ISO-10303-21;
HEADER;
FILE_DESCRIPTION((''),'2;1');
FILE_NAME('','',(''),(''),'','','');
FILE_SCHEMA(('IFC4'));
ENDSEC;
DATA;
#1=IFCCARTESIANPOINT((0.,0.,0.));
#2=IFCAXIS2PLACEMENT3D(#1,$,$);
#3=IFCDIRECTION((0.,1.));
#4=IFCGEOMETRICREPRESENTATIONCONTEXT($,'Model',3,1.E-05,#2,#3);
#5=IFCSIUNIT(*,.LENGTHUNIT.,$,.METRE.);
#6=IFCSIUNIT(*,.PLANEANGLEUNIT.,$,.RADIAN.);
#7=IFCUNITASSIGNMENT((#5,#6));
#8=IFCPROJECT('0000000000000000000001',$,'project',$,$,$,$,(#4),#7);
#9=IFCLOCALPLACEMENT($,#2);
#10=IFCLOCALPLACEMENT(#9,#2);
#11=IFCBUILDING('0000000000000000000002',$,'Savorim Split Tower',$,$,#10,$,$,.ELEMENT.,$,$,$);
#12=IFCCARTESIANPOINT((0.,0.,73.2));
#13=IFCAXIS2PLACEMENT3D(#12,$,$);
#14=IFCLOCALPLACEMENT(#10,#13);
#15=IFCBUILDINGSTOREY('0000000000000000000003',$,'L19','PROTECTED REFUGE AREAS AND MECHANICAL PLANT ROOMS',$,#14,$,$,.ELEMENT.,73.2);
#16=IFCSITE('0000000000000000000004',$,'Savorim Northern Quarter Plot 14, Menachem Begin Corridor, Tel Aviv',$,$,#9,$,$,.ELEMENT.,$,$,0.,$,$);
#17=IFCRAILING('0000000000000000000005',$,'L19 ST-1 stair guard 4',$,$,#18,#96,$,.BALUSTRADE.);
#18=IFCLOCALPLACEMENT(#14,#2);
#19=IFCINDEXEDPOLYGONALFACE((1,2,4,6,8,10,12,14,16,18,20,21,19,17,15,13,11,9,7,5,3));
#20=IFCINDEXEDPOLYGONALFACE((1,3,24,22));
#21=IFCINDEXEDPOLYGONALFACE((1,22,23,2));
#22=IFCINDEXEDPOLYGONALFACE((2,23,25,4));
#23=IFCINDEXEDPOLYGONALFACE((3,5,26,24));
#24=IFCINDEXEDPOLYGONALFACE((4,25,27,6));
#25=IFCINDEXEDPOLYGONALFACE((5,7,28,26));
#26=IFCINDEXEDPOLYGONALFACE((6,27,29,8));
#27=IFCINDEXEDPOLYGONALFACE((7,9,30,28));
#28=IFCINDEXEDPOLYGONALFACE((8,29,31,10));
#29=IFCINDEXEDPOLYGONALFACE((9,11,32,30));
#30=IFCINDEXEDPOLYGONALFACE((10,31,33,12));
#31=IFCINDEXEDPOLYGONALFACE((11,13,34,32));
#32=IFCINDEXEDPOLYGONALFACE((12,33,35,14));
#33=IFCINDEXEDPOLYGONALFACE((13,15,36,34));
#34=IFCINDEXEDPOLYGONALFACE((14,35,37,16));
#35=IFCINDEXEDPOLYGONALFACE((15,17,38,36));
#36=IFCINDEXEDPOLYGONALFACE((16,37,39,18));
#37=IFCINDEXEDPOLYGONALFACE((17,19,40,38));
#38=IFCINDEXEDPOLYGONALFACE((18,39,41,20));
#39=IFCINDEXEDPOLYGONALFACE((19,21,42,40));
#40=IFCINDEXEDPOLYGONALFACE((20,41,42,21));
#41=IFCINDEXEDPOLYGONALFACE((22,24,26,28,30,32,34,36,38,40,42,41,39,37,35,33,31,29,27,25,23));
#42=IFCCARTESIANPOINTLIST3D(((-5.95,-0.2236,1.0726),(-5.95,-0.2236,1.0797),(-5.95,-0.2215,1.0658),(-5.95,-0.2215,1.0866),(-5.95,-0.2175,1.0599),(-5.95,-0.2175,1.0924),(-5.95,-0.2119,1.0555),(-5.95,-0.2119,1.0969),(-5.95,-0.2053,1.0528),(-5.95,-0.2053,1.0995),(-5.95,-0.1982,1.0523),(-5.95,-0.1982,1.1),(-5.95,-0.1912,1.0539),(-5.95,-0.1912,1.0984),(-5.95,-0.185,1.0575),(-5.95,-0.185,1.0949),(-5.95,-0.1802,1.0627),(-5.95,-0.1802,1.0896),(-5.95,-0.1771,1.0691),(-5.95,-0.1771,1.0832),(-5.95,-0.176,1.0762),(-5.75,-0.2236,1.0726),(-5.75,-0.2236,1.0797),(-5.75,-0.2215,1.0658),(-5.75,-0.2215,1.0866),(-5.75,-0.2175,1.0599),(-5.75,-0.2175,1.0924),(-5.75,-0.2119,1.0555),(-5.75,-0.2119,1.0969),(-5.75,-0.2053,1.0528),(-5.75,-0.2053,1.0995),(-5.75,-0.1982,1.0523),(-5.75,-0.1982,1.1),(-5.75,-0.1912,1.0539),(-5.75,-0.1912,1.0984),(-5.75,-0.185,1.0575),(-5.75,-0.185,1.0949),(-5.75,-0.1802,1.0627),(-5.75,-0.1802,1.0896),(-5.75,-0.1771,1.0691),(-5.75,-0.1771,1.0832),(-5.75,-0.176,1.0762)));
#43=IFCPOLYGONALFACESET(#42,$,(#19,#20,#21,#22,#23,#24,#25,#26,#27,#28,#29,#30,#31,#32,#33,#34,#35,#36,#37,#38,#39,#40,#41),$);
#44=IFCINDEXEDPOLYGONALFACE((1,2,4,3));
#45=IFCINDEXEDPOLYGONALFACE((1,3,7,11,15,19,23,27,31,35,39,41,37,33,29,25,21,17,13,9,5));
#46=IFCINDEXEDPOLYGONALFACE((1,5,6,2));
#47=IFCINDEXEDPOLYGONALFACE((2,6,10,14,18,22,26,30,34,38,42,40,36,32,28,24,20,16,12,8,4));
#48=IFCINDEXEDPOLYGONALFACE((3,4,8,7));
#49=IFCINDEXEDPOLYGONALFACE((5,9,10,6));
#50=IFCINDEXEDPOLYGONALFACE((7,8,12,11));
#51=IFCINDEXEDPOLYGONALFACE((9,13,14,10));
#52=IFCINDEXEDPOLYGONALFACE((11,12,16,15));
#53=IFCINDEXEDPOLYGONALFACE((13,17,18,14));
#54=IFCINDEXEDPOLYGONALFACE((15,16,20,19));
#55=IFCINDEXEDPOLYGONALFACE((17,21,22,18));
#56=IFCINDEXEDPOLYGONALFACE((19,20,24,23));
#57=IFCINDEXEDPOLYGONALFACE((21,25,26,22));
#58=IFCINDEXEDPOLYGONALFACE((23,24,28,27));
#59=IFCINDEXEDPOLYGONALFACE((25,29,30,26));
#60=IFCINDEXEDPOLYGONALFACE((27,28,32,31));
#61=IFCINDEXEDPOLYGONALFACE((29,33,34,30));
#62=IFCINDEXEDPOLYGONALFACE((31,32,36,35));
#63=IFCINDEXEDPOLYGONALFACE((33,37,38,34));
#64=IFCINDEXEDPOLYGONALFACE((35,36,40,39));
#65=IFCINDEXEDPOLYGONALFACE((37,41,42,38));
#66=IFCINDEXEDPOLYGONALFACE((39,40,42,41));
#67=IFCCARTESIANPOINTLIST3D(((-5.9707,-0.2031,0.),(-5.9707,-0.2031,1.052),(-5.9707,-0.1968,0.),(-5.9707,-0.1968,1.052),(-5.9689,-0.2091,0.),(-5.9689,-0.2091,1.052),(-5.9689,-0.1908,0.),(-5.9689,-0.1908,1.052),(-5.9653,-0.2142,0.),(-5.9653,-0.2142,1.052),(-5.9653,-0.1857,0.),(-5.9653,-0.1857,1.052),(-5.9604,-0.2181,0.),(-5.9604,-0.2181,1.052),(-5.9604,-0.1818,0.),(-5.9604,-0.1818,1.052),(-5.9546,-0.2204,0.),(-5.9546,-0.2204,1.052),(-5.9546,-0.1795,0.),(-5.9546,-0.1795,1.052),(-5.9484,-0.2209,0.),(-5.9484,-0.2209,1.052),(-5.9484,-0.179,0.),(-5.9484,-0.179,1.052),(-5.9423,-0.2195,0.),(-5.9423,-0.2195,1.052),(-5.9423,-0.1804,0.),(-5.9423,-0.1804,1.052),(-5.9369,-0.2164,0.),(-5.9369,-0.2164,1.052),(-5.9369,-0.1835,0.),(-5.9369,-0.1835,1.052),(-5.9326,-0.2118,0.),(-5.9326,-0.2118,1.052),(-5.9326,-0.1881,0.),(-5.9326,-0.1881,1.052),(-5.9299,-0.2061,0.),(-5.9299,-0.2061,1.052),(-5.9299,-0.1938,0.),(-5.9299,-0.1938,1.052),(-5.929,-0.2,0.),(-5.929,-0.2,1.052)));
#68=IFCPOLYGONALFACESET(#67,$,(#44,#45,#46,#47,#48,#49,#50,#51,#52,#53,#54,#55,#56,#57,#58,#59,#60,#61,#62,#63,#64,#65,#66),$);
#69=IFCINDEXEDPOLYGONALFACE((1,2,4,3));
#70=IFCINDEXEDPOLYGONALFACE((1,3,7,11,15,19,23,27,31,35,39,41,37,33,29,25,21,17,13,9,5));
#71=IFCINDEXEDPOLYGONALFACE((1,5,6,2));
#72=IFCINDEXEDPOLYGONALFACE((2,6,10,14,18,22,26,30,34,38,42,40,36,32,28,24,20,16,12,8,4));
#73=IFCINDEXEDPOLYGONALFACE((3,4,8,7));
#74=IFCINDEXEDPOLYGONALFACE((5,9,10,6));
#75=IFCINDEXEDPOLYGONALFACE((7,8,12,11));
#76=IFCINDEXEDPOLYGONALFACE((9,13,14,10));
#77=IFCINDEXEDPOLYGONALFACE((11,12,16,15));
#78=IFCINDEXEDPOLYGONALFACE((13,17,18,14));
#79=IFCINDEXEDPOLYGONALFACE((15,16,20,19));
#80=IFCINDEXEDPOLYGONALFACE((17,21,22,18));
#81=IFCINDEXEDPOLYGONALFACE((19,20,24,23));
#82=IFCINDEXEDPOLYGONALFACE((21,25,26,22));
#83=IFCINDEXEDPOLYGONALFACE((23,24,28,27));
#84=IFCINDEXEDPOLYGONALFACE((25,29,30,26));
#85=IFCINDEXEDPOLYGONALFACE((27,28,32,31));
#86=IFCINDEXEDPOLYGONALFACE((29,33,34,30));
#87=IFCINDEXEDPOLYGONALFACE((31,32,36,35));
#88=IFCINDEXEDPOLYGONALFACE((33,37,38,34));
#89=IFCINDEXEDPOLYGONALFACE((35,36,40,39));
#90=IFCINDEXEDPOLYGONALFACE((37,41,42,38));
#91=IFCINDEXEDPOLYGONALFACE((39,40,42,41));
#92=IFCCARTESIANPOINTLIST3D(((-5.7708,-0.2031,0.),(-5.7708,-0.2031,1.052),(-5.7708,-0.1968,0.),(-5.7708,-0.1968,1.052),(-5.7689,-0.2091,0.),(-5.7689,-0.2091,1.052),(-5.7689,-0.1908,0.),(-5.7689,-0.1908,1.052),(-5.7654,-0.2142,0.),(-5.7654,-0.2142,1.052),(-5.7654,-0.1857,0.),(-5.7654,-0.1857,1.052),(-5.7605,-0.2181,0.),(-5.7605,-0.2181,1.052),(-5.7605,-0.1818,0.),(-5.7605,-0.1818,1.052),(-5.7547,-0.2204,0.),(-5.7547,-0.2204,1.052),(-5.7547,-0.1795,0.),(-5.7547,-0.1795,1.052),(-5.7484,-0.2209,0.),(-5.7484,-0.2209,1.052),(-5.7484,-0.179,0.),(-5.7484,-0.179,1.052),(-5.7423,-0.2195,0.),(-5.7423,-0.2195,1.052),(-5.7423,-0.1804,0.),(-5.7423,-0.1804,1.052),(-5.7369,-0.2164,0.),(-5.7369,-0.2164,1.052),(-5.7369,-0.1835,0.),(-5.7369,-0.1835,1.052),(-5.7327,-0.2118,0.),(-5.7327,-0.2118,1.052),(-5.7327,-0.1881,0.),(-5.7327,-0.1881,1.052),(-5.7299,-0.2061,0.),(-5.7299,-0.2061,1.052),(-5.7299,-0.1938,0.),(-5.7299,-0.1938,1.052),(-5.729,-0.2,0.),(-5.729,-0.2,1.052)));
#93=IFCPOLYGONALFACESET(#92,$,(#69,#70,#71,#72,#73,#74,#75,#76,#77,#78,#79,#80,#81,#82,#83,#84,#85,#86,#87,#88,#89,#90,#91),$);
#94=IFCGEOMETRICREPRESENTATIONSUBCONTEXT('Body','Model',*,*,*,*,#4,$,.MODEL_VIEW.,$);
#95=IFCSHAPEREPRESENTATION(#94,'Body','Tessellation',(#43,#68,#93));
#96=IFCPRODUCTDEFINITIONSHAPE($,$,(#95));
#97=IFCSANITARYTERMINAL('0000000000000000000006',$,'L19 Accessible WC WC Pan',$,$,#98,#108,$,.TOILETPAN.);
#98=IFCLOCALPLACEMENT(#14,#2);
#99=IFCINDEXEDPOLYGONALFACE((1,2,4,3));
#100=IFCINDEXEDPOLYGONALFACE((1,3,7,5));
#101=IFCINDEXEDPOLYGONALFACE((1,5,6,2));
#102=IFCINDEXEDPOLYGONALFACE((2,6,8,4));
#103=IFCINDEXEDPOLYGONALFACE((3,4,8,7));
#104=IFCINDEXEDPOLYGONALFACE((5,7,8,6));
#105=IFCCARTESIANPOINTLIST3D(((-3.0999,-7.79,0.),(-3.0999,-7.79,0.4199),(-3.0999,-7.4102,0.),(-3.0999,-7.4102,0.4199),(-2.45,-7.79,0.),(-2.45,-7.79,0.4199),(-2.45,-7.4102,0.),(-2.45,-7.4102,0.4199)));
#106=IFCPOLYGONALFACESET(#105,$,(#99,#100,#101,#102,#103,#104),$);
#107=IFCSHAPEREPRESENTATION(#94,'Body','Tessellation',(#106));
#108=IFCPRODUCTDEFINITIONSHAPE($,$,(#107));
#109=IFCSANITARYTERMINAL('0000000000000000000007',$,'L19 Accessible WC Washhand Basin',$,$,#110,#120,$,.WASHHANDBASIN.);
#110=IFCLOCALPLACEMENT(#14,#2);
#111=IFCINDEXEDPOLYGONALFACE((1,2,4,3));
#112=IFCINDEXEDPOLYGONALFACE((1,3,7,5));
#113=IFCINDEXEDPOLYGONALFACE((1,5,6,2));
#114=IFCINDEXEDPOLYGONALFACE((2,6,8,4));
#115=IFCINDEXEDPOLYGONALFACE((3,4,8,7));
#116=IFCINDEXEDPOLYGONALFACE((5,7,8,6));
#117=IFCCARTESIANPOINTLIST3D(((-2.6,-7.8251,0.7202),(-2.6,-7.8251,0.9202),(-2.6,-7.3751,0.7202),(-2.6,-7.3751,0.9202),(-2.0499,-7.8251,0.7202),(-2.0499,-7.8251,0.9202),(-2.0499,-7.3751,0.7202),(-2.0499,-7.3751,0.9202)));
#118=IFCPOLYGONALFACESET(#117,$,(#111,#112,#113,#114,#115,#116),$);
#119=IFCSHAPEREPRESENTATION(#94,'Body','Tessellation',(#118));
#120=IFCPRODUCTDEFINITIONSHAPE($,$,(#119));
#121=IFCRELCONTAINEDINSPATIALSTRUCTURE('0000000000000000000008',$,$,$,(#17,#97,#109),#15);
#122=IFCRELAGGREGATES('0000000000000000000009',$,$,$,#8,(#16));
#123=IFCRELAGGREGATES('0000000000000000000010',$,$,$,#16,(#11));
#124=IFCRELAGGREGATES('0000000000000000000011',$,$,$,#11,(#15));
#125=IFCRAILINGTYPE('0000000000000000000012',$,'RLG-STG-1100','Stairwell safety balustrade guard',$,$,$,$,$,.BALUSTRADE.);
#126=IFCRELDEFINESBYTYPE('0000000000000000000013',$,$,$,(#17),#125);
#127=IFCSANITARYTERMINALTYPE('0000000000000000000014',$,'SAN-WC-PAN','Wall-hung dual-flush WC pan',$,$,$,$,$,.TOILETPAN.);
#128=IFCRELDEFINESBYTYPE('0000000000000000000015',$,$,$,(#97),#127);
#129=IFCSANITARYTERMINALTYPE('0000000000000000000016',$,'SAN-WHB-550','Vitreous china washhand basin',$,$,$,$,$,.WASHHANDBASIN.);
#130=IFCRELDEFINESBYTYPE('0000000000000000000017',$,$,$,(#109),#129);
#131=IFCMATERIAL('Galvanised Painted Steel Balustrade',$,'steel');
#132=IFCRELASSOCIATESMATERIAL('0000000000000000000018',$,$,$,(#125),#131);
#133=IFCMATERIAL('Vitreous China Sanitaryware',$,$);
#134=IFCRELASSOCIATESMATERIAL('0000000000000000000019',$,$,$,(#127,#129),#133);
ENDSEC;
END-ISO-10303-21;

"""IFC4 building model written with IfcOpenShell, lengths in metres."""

from ifc_helpers import new_model, si_unit, direction, frame, origin, origin_2d, place, context, subcontext, project, spatial, rectangle, circle, extrude, material, type_object, element, save


model = new_model("IFC4")

# Units and contexts
model_context = context("Model", 3, precision=1e-05, world=origin(), true_north=direction((0.0, 1.0)))
body_context = subcontext(model_context, "Body", "Model", "MODEL_VIEW")
ifc_project = project(units=[si_unit("LENGTHUNIT", "METRE"), si_unit("PLANEANGLEUNIT", "RADIAN")], contexts=[model_context])

# Site, building, storey
site_placement = place(None, origin())
site = spatial("IfcSite", under=ifc_project, at=site_placement, Name="Savorim Northern Quarter Plot 14, Menachem Begin Corridor, Tel Aviv", CompositionType="ELEMENT", RefElevation=0.0)
building_placement = place(site_placement, origin())
building = spatial("IfcBuilding", under=site, at=building_placement, Name="Savorim Split Tower", CompositionType="ELEMENT")
storey_placement = place(building_placement, frame((0.0, 0.0, 73.2)))
storey = spatial("IfcBuildingStorey", under=building, at=storey_placement, Name="L19", Description="PROTECTED REFUGE AREAS AND MECHANICAL PLANT ROOMS", CompositionType="ELEMENT", Elevation=73.2)

# Railing
ifc_material_1 = material(Name="Galvanised Painted Steel Balustrade", Category="steel")
railing_type_1 = type_object("IfcRailingType", Name="RLG-STG-1100", Description="Stairwell safety balustrade guard", PredefinedType="BALUSTRADE", material=ifc_material_1)
railing_1_placement = place(storey_placement, frame((-5.95, -0.2, 0.0)))
element("IfcRailing", 1, at=railing_1_placement, inside=storey, type_object=railing_type_1, Name="L19 ST-1 stair guard 4", PredefinedType="BALUSTRADE", context=body_context, shape_type="SweptSolid", body=[
    extrude(circle(Radius=0.0239, at=origin_2d()), frame((0.0, 0.0, 1.0762), z_axis=(1.0, 0.0, 0.0), x_axis=(0.0, 1.0, 0.0)), (0.0, 0.0, 1.0), 0.2),
    extrude(circle(Radius=0.021, at=origin_2d()), origin(), (0.0, 0.0, 1.0), 1.052),
    extrude(circle(Radius=0.021, at=origin_2d()), frame((0.2, 0.0, 0.0)), (0.0, 0.0, 1.0), 1.052),
])

# Sanitary terminals
ifc_material_2 = material(Name="Vitreous China Sanitaryware")
sanitary_terminal_type_1 = type_object("IfcSanitaryTerminalType", Name="SAN-WC-PAN", Description="Wall-hung dual-flush WC pan", PredefinedType="TOILETPAN", material=ifc_material_2)
sanitary_terminal_1_placement = place(storey_placement, frame((-2.7749, -7.6001, 0.0), z_axis=(0.0, 0.0, 1.0), x_axis=(1.0, 0.0, 0.0)))
element("IfcSanitaryTerminal", 2, at=sanitary_terminal_1_placement, inside=storey, type_object=sanitary_terminal_type_1, Name="L19 Accessible WC WC Pan", PredefinedType="TOILETPAN", context=body_context, shape_type="SweptSolid", body=[
    extrude(rectangle(XDim=0.6499, YDim=0.3799, at=origin_2d()), origin(), (0.0, 0.0, 1.0), 0.4199),
])
sanitary_terminal_type_2 = type_object("IfcSanitaryTerminalType", Name="SAN-WHB-550", Description="Vitreous china washhand basin", PredefinedType="WASHHANDBASIN", material=ifc_material_2)
sanitary_terminal_2_placement = place(storey_placement, frame((-2.325, -7.6001, 0.7202), z_axis=(0.0, 0.0, 1.0), x_axis=(1.0, 0.0, 0.0)))
element("IfcSanitaryTerminal", 3, at=sanitary_terminal_2_placement, inside=storey, type_object=sanitary_terminal_type_2, Name="L19 Accessible WC Washhand Basin", PredefinedType="WASHHANDBASIN", context=body_context, shape_type="SweptSolid", body=[
    extrude(rectangle(XDim=0.55, YDim=0.45, at=origin_2d()), origin(), (0.0, 0.0, 1.0), 0.2),
])

save(model, "model.ifc")
